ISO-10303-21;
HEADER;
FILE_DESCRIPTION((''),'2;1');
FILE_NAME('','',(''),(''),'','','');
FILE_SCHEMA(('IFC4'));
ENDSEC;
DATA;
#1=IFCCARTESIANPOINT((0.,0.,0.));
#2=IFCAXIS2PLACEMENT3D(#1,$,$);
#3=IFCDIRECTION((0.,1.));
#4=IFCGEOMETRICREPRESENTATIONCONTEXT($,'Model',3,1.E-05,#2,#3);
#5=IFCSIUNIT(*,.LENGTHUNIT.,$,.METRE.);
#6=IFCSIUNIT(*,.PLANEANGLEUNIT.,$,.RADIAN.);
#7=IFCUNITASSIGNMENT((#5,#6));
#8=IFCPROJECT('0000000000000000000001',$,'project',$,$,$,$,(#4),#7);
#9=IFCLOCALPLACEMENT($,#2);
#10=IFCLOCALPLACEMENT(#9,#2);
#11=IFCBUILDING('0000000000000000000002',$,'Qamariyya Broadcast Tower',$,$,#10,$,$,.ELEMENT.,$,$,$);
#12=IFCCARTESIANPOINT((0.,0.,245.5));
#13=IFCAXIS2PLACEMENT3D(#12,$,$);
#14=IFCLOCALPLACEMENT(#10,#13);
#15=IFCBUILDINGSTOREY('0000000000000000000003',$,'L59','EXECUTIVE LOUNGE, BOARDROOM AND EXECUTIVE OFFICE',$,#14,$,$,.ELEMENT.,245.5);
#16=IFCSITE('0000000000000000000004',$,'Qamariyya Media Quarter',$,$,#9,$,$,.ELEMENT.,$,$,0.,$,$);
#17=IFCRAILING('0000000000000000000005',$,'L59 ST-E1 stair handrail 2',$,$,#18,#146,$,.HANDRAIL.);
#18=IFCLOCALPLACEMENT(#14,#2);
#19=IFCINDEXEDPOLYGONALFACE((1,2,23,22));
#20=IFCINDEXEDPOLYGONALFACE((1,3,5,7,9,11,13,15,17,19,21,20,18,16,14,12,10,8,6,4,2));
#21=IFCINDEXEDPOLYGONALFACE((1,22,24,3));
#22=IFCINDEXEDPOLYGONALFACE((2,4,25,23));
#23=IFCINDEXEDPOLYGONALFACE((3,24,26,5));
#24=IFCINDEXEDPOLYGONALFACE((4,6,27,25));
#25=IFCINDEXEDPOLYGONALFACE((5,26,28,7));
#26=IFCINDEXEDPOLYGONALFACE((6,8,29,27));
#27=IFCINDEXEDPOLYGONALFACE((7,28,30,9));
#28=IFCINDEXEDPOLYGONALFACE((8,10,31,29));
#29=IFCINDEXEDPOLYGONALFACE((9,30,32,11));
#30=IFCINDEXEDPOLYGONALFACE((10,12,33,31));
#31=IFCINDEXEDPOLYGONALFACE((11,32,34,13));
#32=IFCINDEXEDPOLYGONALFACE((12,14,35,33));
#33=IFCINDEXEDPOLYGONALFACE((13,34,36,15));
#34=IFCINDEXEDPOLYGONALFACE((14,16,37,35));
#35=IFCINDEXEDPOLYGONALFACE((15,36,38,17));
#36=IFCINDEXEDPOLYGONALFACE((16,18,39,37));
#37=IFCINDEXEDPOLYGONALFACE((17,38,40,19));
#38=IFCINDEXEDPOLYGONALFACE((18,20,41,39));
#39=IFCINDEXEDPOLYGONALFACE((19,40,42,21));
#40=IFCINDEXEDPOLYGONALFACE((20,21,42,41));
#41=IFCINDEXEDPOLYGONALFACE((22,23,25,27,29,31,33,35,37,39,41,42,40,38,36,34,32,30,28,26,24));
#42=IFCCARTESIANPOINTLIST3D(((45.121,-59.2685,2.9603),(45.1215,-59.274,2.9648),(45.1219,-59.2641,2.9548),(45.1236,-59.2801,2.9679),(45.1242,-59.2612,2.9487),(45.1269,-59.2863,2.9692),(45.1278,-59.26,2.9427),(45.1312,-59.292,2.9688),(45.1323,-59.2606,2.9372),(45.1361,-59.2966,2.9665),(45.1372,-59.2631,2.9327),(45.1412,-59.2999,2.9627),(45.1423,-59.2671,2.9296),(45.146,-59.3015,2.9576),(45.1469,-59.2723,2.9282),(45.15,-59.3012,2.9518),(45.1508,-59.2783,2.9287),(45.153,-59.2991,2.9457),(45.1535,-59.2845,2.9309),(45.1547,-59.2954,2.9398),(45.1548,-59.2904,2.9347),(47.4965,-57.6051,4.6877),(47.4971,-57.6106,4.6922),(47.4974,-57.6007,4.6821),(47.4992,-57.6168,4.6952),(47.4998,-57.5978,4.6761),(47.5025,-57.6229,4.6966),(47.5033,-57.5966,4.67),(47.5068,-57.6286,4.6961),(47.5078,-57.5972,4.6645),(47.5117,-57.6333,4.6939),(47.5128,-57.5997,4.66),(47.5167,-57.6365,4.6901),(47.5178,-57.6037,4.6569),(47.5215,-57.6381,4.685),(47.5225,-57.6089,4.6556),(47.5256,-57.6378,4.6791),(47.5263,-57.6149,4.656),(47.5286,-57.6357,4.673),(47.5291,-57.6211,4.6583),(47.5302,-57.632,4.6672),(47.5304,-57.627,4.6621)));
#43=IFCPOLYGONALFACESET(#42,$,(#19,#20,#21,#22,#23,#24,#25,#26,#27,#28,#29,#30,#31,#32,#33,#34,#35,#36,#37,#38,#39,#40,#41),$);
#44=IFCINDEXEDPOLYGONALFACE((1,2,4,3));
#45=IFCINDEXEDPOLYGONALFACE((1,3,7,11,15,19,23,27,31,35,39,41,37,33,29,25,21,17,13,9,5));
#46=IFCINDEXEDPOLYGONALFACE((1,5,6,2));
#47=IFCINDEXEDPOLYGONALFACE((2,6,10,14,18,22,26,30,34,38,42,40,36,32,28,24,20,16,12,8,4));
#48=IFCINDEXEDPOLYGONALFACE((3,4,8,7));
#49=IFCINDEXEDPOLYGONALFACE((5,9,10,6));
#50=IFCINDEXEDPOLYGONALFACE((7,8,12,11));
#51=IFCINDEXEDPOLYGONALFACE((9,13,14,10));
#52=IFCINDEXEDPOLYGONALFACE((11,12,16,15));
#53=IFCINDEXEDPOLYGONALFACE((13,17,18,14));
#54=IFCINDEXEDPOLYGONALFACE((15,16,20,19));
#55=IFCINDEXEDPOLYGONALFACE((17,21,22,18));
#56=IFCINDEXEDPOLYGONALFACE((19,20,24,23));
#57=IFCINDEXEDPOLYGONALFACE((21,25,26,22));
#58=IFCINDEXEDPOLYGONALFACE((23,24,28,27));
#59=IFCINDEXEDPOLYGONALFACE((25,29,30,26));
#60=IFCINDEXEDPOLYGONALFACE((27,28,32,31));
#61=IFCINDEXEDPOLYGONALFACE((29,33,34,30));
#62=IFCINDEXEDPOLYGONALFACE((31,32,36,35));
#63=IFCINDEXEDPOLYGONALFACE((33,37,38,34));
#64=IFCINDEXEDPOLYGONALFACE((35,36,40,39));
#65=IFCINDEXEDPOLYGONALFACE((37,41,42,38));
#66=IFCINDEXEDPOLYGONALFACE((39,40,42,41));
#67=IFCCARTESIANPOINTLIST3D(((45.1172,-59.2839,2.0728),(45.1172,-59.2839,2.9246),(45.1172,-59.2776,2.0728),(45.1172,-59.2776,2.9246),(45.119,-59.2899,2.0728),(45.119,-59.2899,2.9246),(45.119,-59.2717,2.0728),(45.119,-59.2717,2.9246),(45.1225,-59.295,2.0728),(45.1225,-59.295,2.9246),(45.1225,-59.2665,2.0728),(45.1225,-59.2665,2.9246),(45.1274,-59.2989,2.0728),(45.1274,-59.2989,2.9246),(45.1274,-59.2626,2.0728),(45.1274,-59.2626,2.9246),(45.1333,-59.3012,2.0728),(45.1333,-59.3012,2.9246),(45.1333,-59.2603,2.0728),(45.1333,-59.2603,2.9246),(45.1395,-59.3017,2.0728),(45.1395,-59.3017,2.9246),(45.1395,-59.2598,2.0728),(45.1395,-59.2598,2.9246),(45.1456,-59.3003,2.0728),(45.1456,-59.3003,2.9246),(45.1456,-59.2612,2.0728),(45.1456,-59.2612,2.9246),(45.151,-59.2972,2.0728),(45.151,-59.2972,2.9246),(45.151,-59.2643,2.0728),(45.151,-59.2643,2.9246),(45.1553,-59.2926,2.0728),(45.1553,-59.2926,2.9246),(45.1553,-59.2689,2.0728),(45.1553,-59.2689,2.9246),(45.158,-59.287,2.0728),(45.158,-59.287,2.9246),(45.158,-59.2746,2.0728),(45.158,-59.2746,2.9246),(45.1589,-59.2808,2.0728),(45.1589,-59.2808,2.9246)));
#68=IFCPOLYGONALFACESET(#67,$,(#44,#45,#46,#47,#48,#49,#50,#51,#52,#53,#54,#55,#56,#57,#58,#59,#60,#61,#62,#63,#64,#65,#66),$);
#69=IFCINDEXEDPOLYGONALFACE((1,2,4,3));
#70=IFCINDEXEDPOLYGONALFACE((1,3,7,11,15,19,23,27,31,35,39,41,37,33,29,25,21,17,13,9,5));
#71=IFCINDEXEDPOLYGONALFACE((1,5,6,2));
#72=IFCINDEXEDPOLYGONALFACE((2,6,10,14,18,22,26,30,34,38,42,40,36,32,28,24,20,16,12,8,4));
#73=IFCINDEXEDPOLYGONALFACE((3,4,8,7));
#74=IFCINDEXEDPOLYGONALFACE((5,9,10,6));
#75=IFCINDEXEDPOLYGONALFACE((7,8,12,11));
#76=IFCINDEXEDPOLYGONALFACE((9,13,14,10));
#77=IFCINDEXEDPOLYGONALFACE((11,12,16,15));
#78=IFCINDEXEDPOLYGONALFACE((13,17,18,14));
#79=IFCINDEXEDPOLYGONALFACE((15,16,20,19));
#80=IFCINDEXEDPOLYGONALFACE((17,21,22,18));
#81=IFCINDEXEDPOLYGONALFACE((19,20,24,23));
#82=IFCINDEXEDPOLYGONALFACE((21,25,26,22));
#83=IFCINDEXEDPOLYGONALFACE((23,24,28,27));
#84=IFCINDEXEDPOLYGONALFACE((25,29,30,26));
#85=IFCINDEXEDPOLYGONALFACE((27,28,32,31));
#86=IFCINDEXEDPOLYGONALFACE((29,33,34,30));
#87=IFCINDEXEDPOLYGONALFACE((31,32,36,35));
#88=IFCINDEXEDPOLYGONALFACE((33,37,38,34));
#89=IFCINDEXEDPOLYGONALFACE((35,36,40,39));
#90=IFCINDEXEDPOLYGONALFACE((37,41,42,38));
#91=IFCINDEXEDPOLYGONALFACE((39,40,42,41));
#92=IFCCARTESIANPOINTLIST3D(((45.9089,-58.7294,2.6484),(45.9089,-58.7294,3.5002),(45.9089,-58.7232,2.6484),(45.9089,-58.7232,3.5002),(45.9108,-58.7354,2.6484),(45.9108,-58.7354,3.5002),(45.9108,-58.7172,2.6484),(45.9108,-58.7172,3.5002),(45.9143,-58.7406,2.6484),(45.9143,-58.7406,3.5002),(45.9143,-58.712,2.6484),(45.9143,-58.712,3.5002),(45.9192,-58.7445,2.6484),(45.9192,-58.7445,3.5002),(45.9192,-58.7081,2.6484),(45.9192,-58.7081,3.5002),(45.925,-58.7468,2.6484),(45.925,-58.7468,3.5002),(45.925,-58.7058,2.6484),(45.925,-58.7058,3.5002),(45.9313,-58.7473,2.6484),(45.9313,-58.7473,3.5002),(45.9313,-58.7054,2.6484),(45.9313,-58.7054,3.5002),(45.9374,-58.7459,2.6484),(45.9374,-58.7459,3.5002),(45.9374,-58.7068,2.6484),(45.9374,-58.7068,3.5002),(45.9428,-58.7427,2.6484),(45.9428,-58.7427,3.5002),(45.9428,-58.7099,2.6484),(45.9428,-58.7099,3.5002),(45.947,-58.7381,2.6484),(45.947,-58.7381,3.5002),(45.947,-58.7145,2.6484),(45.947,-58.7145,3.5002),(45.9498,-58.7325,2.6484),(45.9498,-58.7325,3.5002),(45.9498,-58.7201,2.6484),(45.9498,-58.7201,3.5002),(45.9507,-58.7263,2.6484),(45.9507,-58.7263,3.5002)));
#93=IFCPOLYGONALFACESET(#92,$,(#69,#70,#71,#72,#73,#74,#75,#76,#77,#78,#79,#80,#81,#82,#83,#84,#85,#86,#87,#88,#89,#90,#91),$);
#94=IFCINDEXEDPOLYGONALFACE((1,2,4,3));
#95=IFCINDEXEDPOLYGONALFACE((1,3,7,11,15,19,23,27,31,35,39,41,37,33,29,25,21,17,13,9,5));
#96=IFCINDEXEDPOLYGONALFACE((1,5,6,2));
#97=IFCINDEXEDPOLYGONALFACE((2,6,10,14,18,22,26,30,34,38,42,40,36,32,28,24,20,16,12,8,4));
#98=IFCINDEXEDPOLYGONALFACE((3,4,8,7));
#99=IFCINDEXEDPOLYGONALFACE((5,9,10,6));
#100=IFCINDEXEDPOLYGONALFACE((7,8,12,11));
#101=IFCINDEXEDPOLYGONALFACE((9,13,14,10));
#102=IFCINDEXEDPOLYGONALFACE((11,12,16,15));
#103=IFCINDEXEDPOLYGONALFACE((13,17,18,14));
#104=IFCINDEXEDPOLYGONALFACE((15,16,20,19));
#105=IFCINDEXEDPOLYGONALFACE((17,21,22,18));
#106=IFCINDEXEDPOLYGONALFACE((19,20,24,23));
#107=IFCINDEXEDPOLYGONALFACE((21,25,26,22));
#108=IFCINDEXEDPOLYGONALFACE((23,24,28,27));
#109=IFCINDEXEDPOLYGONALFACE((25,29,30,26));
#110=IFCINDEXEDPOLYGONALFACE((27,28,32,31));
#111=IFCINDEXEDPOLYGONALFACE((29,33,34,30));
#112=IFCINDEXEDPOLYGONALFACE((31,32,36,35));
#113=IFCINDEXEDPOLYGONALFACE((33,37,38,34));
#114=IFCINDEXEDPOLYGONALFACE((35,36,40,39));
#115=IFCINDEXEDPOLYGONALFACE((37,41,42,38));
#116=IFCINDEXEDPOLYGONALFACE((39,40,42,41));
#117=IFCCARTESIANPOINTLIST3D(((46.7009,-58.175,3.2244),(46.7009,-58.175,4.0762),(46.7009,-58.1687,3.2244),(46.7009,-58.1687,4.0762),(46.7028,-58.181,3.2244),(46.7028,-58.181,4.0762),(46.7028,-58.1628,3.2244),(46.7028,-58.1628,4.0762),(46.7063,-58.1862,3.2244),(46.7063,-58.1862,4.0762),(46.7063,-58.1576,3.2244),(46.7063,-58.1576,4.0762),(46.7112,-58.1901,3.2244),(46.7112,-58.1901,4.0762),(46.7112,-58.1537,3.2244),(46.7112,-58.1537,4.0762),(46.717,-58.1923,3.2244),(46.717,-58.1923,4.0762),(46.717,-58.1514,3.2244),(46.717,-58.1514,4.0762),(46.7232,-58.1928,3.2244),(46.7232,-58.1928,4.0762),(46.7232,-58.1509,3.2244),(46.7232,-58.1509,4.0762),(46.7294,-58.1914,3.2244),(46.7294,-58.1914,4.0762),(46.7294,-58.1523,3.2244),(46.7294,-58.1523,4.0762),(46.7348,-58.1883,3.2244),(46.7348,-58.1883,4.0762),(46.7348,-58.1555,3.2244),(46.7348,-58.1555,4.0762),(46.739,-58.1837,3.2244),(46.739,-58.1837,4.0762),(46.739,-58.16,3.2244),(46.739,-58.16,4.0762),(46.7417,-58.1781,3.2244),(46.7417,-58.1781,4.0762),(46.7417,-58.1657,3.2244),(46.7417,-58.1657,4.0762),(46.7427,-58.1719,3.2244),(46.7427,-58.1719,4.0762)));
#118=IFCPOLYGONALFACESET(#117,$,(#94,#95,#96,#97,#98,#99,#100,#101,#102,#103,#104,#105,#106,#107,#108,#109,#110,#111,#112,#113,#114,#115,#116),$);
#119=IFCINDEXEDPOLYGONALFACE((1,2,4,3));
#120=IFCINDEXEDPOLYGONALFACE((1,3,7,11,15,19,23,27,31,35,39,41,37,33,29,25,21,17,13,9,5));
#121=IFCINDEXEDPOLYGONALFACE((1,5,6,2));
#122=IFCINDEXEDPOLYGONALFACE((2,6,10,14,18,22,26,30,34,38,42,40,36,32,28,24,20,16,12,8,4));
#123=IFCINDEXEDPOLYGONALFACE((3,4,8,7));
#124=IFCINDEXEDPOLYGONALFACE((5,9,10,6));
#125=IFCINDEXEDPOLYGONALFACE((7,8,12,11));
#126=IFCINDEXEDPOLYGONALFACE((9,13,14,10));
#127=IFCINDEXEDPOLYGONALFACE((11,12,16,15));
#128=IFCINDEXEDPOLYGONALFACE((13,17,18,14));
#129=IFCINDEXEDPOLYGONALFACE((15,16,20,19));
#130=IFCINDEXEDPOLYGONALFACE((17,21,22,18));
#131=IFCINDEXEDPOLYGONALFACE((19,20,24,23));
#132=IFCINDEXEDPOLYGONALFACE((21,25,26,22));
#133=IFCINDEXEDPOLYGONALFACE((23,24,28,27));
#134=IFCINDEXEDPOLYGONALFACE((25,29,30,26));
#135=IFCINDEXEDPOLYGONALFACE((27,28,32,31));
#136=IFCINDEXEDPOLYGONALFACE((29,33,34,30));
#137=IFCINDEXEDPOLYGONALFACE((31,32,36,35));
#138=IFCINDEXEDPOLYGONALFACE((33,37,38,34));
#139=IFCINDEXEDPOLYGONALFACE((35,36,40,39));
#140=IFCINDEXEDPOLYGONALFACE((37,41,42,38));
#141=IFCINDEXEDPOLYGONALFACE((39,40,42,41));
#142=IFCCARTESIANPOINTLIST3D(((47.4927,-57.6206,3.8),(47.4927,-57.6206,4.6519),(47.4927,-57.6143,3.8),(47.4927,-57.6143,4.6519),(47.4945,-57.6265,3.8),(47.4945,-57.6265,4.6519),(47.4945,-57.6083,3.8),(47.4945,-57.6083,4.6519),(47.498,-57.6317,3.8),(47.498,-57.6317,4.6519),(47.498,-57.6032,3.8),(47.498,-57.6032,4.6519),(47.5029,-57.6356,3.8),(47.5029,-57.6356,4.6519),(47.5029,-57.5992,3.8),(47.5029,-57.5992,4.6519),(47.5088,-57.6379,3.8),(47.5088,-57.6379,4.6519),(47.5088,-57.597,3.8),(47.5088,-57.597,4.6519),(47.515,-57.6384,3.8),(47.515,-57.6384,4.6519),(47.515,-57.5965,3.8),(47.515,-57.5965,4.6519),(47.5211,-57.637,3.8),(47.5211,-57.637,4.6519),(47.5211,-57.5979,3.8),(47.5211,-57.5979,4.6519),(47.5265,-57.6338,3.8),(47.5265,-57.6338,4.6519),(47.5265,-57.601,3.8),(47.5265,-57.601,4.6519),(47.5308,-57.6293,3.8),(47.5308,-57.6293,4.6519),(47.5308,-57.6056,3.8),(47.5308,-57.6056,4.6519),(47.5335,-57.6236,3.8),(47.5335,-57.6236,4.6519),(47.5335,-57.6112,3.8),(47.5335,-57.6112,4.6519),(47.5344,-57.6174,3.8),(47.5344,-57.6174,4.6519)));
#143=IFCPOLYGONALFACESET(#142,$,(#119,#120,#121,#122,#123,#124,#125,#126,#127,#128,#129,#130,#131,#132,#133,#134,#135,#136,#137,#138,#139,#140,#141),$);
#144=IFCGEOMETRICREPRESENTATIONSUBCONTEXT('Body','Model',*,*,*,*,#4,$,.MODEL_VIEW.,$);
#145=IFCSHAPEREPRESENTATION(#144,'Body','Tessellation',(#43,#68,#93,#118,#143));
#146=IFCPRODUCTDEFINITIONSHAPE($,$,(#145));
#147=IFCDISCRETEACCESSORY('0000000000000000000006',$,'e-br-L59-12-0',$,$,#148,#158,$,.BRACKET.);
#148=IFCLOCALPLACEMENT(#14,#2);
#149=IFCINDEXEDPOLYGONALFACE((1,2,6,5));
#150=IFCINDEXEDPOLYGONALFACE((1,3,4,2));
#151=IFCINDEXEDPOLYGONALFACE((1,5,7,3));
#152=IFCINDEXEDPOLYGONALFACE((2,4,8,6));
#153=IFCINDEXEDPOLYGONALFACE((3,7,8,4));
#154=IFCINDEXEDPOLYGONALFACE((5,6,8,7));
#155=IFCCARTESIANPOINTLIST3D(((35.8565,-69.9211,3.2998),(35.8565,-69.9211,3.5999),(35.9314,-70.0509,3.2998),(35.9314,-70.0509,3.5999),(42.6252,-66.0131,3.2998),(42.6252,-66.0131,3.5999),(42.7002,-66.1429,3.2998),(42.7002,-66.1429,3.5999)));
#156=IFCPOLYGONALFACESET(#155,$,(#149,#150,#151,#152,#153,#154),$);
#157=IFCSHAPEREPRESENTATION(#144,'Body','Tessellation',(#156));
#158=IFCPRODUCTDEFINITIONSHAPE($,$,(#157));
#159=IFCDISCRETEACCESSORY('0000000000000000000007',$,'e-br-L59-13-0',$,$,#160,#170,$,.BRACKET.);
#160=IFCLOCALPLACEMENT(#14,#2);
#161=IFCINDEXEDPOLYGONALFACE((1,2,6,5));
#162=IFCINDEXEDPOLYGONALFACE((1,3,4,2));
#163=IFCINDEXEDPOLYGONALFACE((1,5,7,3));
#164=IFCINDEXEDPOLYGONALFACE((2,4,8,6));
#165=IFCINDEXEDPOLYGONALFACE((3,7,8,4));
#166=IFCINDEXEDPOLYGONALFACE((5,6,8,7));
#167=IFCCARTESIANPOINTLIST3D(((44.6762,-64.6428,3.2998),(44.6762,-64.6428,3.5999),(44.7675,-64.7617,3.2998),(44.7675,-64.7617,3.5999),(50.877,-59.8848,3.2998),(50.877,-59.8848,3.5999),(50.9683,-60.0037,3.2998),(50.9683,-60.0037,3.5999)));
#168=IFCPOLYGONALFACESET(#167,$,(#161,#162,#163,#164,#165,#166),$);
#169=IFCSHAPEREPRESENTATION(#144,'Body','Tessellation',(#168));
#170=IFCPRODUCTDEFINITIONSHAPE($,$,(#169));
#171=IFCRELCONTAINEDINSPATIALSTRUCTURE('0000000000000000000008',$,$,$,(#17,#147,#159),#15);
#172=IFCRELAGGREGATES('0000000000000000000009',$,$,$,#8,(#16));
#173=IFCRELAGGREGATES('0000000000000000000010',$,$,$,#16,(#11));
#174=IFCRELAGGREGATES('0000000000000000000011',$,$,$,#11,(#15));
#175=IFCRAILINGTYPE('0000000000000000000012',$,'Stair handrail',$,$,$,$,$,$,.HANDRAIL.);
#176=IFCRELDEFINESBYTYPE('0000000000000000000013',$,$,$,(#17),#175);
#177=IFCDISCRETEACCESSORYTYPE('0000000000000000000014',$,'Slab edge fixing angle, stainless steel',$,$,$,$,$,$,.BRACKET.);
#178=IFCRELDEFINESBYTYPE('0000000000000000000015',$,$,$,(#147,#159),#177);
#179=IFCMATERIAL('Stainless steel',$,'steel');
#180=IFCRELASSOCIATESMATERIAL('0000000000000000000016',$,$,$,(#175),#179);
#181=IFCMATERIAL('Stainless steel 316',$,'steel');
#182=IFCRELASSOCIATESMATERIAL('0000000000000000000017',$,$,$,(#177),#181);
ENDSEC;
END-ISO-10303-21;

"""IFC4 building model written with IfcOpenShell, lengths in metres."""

from ifc_helpers import new_model, si_unit, direction, frame, origin, origin_2d, place, context, subcontext, project, spatial, rectangle, circle, extrude, material, type_object, element, save


model = new_model("IFC4")

# Units and contexts
model_context = context("Model", 3, precision=1e-05, world=origin(), true_north=direction((0.0, 1.0)))
body_context = subcontext(model_context, "Body", "Model", "MODEL_VIEW")
ifc_project = project(units=[si_unit("LENGTHUNIT", "METRE"), si_unit("PLANEANGLEUNIT", "RADIAN")], contexts=[model_context])

# Site, building, storey
site_placement = place(None, origin())
site = spatial("IfcSite", under=ifc_project, at=site_placement, Name="Qamariyya Media Quarter", CompositionType="ELEMENT", RefElevation=0.0)
building_placement = place(site_placement, origin())
building = spatial("IfcBuilding", under=site, at=building_placement, Name="Qamariyya Broadcast Tower", CompositionType="ELEMENT")
storey_placement = place(building_placement, frame((0.0, 0.0, 245.5)))
storey = spatial("IfcBuildingStorey", under=building, at=storey_placement, Name="L59", Description="EXECUTIVE LOUNGE, BOARDROOM AND EXECUTIVE OFFICE", CompositionType="ELEMENT", Elevation=245.5)

# Railing
ifc_material_1 = material(Name="Stainless steel", Category="steel")
railing_type_1 = type_object("IfcRailingType", Name="Stair handrail", PredefinedType="HANDRAIL", material=ifc_material_1)
railing_1_placement = place(storey_placement, frame((45.1379, -59.2808, 2.0728)))
element("IfcRailing", 1, at=railing_1_placement, inside=storey, type_object=railing_type_1, Name="L59 ST-E1 stair handrail 2", PredefinedType="HANDRAIL", context=body_context, shape_type="SweptSolid", body=[
    extrude(circle(Radius=0.0239, at=origin_2d()), frame((0.0, 0.0, 0.876), z_axis=(0.70377, 0.492784, 0.511734), x_axis=(-0.573575, 0.819153, 0.0)), (0.0, 0.0, 1.0), 3.3755),
    extrude(circle(Radius=0.021, at=origin_2d()), origin(), (0.0, 0.0, 1.0), 0.8518),
    extrude(circle(Radius=0.021, at=origin_2d()), frame((0.7917, 0.5544, 0.5757)), (0.0, 0.0, 1.0), 0.8518),
    extrude(circle(Radius=0.021, at=origin_2d()), frame((1.5837, 1.1089, 1.1516)), (0.0, 0.0, 1.0), 0.8518),
    extrude(circle(Radius=0.021, at=origin_2d()), frame((2.3755, 1.6633, 1.7273)), (0.0, 0.0, 1.0), 0.8518),
])

# Discrete accessories
ifc_material_2 = material(Name="Stainless steel 316", Category="steel")
discrete_accessory_type = type_object("IfcDiscreteAccessoryType", Name="Slab edge fixing angle, stainless steel", PredefinedType="BRACKET", material=ifc_material_2)
for number, where, z_axis, x_axis, name in (
    (2, (39.2783, -68.032, 3.2998), (0.0, 0.0, 1.0), (0.866025, 0.5, 0.0), "e-br-L59-12-0"),
    (3, (47.8223, -62.3232, 3.2998), (0.0, 0.0, 1.0), (0.793353, 0.608761, 0.0), "e-br-L59-13-0"),
):
    element("IfcDiscreteAccessory", number, at=place(storey_placement, frame(where, z_axis=z_axis, x_axis=x_axis)), inside=storey, type_object=discrete_accessory_type, Name=name, PredefinedType="BRACKET", context=body_context, shape_type="SweptSolid", body=[
        extrude(rectangle(XDim=7.8159, YDim=0.1499, at=origin_2d()), origin(), (0.0, 0.0, 1.0), 0.3),
    ])

save(model, "model.ifc")
